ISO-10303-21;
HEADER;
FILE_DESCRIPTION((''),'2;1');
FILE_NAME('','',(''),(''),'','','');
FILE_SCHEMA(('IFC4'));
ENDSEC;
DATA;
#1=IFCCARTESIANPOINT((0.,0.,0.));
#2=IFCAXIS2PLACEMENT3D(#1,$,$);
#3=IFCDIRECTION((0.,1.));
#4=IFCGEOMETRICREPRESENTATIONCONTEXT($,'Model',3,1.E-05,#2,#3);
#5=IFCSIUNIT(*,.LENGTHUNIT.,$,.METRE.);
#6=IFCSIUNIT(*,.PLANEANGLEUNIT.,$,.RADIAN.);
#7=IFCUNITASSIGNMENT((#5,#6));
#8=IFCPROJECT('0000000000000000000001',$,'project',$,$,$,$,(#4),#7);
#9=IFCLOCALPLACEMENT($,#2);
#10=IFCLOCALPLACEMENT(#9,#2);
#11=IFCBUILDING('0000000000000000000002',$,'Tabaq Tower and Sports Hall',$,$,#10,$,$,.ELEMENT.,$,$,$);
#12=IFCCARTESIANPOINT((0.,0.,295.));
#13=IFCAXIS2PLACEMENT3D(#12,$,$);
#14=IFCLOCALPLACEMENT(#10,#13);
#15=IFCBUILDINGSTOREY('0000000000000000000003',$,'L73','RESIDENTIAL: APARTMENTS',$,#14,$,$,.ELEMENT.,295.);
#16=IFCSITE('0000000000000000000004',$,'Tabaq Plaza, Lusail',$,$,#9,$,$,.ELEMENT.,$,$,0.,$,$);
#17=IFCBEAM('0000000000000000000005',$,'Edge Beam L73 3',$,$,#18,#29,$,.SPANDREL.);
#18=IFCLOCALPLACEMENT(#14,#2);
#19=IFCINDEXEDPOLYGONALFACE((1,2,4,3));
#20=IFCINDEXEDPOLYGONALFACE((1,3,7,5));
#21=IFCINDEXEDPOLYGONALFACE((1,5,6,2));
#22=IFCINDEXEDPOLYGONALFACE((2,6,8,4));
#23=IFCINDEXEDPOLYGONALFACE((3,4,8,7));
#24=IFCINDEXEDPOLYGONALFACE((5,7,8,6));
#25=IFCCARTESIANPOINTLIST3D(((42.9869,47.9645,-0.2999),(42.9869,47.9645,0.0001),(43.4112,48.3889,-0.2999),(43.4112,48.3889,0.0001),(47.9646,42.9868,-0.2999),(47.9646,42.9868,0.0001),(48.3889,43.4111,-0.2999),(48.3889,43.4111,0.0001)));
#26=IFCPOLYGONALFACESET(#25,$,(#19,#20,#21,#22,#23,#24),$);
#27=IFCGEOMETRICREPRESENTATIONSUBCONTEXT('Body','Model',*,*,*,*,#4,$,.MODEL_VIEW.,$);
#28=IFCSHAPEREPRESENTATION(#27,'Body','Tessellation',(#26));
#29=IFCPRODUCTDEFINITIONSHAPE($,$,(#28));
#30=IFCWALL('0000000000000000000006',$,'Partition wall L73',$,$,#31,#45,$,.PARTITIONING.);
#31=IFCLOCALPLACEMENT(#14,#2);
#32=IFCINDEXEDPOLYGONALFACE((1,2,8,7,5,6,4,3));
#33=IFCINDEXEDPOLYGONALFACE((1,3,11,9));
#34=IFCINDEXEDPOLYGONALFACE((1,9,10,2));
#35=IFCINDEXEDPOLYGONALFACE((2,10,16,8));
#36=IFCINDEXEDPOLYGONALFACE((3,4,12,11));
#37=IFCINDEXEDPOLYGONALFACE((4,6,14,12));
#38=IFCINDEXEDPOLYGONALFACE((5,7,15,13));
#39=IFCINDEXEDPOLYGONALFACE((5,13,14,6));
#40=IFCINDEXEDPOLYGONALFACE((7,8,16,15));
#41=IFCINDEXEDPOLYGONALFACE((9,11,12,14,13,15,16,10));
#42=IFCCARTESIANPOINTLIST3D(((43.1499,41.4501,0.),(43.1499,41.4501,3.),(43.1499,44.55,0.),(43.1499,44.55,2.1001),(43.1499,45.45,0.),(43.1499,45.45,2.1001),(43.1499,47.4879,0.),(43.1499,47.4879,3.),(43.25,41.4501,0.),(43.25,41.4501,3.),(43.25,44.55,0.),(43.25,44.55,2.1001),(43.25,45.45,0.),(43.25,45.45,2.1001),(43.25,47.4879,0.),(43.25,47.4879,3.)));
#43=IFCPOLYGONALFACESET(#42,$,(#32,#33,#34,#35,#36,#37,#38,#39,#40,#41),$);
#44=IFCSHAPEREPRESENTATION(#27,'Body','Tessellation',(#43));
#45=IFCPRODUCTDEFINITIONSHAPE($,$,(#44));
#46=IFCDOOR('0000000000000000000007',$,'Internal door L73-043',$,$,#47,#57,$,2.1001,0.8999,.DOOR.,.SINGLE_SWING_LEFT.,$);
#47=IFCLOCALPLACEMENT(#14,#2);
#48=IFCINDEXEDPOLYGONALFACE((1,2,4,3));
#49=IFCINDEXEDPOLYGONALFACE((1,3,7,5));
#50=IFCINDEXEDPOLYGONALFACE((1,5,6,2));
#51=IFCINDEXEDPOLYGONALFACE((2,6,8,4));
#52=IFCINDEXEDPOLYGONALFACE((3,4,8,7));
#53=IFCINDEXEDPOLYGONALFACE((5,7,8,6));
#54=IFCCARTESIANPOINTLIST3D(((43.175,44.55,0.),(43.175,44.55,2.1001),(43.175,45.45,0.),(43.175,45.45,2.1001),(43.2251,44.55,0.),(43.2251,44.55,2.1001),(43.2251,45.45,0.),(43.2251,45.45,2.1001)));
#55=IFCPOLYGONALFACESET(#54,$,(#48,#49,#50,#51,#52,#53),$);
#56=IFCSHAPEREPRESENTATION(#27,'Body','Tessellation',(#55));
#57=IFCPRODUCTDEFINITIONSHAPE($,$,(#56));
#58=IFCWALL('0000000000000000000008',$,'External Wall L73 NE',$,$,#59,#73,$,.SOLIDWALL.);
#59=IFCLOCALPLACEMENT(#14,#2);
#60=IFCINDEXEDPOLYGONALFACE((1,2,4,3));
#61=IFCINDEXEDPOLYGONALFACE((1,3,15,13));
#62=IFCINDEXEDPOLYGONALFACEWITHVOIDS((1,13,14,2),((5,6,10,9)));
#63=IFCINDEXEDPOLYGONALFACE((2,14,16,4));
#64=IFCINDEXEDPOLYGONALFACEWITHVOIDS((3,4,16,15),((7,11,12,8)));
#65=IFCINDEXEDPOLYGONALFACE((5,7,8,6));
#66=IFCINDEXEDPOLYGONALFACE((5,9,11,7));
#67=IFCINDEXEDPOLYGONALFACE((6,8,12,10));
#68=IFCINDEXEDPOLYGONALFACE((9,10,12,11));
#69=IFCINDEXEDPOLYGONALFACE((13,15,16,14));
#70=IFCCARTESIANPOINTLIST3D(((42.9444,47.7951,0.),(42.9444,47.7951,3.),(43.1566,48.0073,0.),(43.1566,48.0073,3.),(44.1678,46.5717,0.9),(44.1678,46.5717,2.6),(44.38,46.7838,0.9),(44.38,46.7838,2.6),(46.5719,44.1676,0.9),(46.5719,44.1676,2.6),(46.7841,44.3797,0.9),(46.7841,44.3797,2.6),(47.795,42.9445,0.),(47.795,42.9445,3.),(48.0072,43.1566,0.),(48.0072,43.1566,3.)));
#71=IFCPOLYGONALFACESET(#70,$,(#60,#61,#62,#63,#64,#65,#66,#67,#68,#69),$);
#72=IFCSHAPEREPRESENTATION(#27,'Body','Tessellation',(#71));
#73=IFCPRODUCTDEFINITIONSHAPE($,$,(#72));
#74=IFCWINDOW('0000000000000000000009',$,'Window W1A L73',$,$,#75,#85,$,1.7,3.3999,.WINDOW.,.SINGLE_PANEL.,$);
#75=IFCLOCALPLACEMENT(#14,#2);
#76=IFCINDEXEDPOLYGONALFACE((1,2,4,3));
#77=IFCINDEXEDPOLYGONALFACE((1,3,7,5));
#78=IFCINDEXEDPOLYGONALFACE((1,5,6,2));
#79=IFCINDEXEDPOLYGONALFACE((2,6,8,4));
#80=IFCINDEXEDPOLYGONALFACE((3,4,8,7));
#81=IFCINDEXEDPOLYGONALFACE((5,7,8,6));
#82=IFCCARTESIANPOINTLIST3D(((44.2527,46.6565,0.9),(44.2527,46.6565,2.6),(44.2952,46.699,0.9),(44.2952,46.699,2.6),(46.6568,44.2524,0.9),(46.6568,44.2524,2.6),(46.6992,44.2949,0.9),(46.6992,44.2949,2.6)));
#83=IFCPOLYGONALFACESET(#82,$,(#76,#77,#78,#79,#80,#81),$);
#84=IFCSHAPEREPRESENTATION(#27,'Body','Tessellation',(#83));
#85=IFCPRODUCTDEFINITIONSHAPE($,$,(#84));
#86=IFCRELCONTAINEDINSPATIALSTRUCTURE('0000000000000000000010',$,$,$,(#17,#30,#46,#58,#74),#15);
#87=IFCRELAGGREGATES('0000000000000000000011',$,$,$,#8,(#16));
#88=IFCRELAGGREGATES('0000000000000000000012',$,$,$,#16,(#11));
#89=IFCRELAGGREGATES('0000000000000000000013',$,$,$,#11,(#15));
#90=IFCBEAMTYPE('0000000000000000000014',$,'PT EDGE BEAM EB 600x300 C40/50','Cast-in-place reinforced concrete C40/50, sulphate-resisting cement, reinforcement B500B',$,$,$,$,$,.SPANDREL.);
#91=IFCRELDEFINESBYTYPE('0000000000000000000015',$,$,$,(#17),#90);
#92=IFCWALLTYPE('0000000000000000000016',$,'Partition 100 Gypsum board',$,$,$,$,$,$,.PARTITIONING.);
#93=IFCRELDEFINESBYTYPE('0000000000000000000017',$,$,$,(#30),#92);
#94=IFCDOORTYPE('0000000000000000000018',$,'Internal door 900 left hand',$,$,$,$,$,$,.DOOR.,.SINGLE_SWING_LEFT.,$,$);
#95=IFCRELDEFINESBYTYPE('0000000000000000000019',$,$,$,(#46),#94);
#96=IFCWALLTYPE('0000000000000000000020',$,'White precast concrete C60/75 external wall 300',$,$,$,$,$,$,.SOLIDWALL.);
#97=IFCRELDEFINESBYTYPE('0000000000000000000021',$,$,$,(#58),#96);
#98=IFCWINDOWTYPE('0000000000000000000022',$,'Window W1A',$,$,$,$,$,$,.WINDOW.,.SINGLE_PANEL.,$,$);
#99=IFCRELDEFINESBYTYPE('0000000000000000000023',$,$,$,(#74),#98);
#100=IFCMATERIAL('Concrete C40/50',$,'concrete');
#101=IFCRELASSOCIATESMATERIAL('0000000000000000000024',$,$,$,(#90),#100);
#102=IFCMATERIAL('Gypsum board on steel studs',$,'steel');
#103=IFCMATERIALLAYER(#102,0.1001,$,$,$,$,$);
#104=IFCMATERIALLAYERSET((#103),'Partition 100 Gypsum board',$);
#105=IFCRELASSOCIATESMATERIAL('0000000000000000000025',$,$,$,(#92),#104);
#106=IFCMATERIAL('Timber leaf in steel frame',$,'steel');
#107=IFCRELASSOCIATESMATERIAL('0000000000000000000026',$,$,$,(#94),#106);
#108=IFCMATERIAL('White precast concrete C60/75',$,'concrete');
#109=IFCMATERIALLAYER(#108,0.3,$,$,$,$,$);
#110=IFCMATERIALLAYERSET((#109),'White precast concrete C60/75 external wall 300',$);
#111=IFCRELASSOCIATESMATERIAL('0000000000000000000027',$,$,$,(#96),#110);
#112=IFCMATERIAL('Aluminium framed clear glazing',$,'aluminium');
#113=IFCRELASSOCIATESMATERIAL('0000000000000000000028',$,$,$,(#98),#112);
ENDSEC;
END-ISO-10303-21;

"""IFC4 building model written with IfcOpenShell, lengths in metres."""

from ifc_helpers import new_model, si_unit, direction, frame, frame_2d, origin, origin_2d, place, context, subcontext, project, spatial, rectangle, extrude, material, layer, layer_set, material_profile, profile_set, type_object, element, fill, save


model = new_model("IFC4")

# Units and contexts
model_context = context("Model", 3, precision=1e-05, world=origin(), true_north=direction((0.0, 1.0)))
body_context = subcontext(model_context, "Body", "Model", "MODEL_VIEW")
ifc_project = project(units=[si_unit("LENGTHUNIT", "METRE"), si_unit("PLANEANGLEUNIT", "RADIAN")], contexts=[model_context])

# Site, building, storey
site_placement = place(None, origin())
site = spatial("IfcSite", under=ifc_project, at=site_placement, Name="Tabaq Plaza, Lusail", CompositionType="ELEMENT", RefElevation=0.0)
building_placement = place(site_placement, origin())
building = spatial("IfcBuilding", under=site, at=building_placement, Name="Tabaq Tower and Sports Hall", CompositionType="ELEMENT")
storey_placement = place(building_placement, frame((0.0, 0.0, 295.0)))
storey = spatial("IfcBuildingStorey", under=building, at=storey_placement, Name="L73", Description="RESIDENTIAL: APARTMENTS", CompositionType="ELEMENT", Elevation=295.0)

# Beam
ifc_material_1 = material(Name="Concrete C40/50", Category="concrete")
ifc_material_profile = material_profile(ifc_material_1, rectangle(XDim=0.6001, YDim=0.3, at=origin_2d()), Name="EB 600x300")
ifc_profile_set = profile_set([ifc_material_profile], Name="Concrete C40/50")
beam_type = type_object("IfcBeamType", Name="PT EDGE BEAM EB 600x300 C40/50", Description="Cast-in-place reinforced concrete C40/50, sulphate-resisting cement, reinforcement B500B", PredefinedType="SPANDREL", material=ifc_profile_set)
beam_placement = place(storey_placement, frame((48.1768, 43.199, -0.1499), z_axis=(-0.707107, 0.707107, 0.0), x_axis=(-0.707107, -0.707107, 0.0)))
element("IfcBeam", 1, at=beam_placement, inside=storey, type_object=beam_type, Name="Edge Beam L73 3", PredefinedType="SPANDREL", context=body_context, shape_type="SweptSolid", body=[
    extrude(rectangle(XDim=0.6001, YDim=0.3, at=origin_2d()), origin(), (0.0, 0.0, 1.0), 7.0396),
])

# Wall, opening, door
ifc_material_2 = material(Name="Gypsum board on steel studs", Category="steel")
ifc_layer_1 = layer(ifc_material_2, 0.1001)
ifc_layer_set_1 = layer_set([ifc_layer_1], Name="Partition 100 Gypsum board")
wall_type_1 = type_object("IfcWallType", Name="Partition 100 Gypsum board", PredefinedType="PARTITIONING", material=ifc_layer_set_1)
wall_1_placement = place(storey_placement, frame((43.2, 41.45, 0.0), z_axis=(0.0, 0.0, 1.0), x_axis=(0.0, 1.0, 0.0)))
wall_1 = element("IfcWall", 2, at=wall_1_placement, inside=storey, type_object=wall_type_1, Name="Partition wall L73", PredefinedType="PARTITIONING", context=body_context, shape_type="SweptSolid", body=[
    extrude(rectangle(XDim=6.0378, YDim=0.1001, at=frame_2d((3.019, 0.0))), origin(), (0.0, 0.0, 1.0), 3.0),
])
opening_1_placement = place(wall_1_placement, frame((3.1001, 0.0, 0.0)))
opening_1 = element("IfcOpeningElement", 3, at=opening_1_placement, cuts=wall_1, PredefinedType="OPENING", context=body_context, shape_type="SweptSolid", body=[
    extrude(rectangle(XDim=0.8999, YDim=2.1001, at=frame_2d((0.45, 1.05))), frame((0.0, 0.05, 0.0), z_axis=(0.0, -1.0, 0.0), x_axis=(1.0, 0.0, 0.0)), (0.0, 0.0, 1.0), 0.1001),
])
ifc_material_3 = material(Name="Timber leaf in steel frame", Category="steel")
door_type = type_object("IfcDoorType", Name="Internal door 900 left hand", OperationType="SINGLE_SWING_LEFT", PredefinedType="DOOR", material=ifc_material_3)
door_placement = place(opening_1_placement, origin())
door = element("IfcDoor", 4, at=door_placement, inside=storey, type_object=door_type, Name="Internal door L73-043", OperationType="SINGLE_SWING_LEFT", OverallHeight=2.1001, OverallWidth=0.8999, PredefinedType="DOOR", context=body_context, shape_type="SweptSolid", body=[
    extrude(rectangle(XDim=0.8999, YDim=2.1001, at=frame_2d((0.45, 1.05))), frame((0.0, 0.0249, 0.0), z_axis=(0.0, -1.0, 0.0), x_axis=(1.0, 0.0, 0.0)), (0.0, 0.0, 1.0), 0.05),
])
fill(opening_1, door)

# Wall, opening, window
ifc_material_4 = material(Name="White precast concrete C60/75", Category="concrete")
ifc_layer_2 = layer(ifc_material_4, 0.3)
ifc_layer_set_2 = layer_set([ifc_layer_2], Name="White precast concrete C60/75 external wall 300")
wall_type_2 = type_object("IfcWallType", Name="White precast concrete C60/75 external wall 300", PredefinedType="SOLIDWALL", material=ifc_layer_set_2)
wall_2_placement = place(storey_placement, frame((47.9011, 43.0505, 0.0), z_axis=(0.0, 0.0, 1.0), x_axis=(-0.707107, 0.707107, 0.0)))
wall_2 = element("IfcWall", 5, at=wall_2_placement, inside=storey, type_object=wall_type_2, Name="External Wall L73 NE", PredefinedType="SOLIDWALL", context=body_context, shape_type="SweptSolid", body=[
    extrude(rectangle(XDim=6.8599, YDim=0.3, at=frame_2d((3.4299, 0.0))), origin(), (0.0, 0.0, 1.0), 3.0),
])
opening_2_placement = place(wall_2_placement, frame((1.7297, 0.0, 0.8999)))
opening_2 = element("IfcOpeningElement", 6, at=opening_2_placement, cuts=wall_2, PredefinedType="OPENING", context=body_context, shape_type="SweptSolid", body=[
    extrude(rectangle(XDim=3.3999, YDim=1.7, at=frame_2d((1.7, 0.8501))), frame((0.0, 0.1602, 0.0), z_axis=(0.0, -1.0, 0.0), x_axis=(1.0, 0.0, 0.0)), (0.0, 0.0, 1.0), 0.3201),
])
ifc_material_5 = material(Name="Aluminium framed clear glazing", Category="aluminium")
window_type_1 = type_object("IfcWindowType", Name="Window W1A", PartitioningType="SINGLE_PANEL", PredefinedType="WINDOW", material=ifc_material_5)
window_1_placement = place(opening_2_placement, origin())
window_1 = element("IfcWindow", 7, at=window_1_placement, inside=storey, type_object=window_type_1, Name="Window W1A L73", OverallHeight=1.7, OverallWidth=3.3999, PartitioningType="SINGLE_PANEL", PredefinedType="WINDOW", context=body_context, shape_type="SweptSolid", body=[
    extrude(rectangle(XDim=3.3999, YDim=1.7, at=frame_2d((1.7, 0.8501))), frame((0.0, 0.03, 0.0), z_axis=(0.0, -1.0, 0.0), x_axis=(1.0, 0.0, 0.0)), (0.0, 0.0, 1.0), 0.0601),
])
fill(opening_2, window_1)

save(model, "model.ifc")
